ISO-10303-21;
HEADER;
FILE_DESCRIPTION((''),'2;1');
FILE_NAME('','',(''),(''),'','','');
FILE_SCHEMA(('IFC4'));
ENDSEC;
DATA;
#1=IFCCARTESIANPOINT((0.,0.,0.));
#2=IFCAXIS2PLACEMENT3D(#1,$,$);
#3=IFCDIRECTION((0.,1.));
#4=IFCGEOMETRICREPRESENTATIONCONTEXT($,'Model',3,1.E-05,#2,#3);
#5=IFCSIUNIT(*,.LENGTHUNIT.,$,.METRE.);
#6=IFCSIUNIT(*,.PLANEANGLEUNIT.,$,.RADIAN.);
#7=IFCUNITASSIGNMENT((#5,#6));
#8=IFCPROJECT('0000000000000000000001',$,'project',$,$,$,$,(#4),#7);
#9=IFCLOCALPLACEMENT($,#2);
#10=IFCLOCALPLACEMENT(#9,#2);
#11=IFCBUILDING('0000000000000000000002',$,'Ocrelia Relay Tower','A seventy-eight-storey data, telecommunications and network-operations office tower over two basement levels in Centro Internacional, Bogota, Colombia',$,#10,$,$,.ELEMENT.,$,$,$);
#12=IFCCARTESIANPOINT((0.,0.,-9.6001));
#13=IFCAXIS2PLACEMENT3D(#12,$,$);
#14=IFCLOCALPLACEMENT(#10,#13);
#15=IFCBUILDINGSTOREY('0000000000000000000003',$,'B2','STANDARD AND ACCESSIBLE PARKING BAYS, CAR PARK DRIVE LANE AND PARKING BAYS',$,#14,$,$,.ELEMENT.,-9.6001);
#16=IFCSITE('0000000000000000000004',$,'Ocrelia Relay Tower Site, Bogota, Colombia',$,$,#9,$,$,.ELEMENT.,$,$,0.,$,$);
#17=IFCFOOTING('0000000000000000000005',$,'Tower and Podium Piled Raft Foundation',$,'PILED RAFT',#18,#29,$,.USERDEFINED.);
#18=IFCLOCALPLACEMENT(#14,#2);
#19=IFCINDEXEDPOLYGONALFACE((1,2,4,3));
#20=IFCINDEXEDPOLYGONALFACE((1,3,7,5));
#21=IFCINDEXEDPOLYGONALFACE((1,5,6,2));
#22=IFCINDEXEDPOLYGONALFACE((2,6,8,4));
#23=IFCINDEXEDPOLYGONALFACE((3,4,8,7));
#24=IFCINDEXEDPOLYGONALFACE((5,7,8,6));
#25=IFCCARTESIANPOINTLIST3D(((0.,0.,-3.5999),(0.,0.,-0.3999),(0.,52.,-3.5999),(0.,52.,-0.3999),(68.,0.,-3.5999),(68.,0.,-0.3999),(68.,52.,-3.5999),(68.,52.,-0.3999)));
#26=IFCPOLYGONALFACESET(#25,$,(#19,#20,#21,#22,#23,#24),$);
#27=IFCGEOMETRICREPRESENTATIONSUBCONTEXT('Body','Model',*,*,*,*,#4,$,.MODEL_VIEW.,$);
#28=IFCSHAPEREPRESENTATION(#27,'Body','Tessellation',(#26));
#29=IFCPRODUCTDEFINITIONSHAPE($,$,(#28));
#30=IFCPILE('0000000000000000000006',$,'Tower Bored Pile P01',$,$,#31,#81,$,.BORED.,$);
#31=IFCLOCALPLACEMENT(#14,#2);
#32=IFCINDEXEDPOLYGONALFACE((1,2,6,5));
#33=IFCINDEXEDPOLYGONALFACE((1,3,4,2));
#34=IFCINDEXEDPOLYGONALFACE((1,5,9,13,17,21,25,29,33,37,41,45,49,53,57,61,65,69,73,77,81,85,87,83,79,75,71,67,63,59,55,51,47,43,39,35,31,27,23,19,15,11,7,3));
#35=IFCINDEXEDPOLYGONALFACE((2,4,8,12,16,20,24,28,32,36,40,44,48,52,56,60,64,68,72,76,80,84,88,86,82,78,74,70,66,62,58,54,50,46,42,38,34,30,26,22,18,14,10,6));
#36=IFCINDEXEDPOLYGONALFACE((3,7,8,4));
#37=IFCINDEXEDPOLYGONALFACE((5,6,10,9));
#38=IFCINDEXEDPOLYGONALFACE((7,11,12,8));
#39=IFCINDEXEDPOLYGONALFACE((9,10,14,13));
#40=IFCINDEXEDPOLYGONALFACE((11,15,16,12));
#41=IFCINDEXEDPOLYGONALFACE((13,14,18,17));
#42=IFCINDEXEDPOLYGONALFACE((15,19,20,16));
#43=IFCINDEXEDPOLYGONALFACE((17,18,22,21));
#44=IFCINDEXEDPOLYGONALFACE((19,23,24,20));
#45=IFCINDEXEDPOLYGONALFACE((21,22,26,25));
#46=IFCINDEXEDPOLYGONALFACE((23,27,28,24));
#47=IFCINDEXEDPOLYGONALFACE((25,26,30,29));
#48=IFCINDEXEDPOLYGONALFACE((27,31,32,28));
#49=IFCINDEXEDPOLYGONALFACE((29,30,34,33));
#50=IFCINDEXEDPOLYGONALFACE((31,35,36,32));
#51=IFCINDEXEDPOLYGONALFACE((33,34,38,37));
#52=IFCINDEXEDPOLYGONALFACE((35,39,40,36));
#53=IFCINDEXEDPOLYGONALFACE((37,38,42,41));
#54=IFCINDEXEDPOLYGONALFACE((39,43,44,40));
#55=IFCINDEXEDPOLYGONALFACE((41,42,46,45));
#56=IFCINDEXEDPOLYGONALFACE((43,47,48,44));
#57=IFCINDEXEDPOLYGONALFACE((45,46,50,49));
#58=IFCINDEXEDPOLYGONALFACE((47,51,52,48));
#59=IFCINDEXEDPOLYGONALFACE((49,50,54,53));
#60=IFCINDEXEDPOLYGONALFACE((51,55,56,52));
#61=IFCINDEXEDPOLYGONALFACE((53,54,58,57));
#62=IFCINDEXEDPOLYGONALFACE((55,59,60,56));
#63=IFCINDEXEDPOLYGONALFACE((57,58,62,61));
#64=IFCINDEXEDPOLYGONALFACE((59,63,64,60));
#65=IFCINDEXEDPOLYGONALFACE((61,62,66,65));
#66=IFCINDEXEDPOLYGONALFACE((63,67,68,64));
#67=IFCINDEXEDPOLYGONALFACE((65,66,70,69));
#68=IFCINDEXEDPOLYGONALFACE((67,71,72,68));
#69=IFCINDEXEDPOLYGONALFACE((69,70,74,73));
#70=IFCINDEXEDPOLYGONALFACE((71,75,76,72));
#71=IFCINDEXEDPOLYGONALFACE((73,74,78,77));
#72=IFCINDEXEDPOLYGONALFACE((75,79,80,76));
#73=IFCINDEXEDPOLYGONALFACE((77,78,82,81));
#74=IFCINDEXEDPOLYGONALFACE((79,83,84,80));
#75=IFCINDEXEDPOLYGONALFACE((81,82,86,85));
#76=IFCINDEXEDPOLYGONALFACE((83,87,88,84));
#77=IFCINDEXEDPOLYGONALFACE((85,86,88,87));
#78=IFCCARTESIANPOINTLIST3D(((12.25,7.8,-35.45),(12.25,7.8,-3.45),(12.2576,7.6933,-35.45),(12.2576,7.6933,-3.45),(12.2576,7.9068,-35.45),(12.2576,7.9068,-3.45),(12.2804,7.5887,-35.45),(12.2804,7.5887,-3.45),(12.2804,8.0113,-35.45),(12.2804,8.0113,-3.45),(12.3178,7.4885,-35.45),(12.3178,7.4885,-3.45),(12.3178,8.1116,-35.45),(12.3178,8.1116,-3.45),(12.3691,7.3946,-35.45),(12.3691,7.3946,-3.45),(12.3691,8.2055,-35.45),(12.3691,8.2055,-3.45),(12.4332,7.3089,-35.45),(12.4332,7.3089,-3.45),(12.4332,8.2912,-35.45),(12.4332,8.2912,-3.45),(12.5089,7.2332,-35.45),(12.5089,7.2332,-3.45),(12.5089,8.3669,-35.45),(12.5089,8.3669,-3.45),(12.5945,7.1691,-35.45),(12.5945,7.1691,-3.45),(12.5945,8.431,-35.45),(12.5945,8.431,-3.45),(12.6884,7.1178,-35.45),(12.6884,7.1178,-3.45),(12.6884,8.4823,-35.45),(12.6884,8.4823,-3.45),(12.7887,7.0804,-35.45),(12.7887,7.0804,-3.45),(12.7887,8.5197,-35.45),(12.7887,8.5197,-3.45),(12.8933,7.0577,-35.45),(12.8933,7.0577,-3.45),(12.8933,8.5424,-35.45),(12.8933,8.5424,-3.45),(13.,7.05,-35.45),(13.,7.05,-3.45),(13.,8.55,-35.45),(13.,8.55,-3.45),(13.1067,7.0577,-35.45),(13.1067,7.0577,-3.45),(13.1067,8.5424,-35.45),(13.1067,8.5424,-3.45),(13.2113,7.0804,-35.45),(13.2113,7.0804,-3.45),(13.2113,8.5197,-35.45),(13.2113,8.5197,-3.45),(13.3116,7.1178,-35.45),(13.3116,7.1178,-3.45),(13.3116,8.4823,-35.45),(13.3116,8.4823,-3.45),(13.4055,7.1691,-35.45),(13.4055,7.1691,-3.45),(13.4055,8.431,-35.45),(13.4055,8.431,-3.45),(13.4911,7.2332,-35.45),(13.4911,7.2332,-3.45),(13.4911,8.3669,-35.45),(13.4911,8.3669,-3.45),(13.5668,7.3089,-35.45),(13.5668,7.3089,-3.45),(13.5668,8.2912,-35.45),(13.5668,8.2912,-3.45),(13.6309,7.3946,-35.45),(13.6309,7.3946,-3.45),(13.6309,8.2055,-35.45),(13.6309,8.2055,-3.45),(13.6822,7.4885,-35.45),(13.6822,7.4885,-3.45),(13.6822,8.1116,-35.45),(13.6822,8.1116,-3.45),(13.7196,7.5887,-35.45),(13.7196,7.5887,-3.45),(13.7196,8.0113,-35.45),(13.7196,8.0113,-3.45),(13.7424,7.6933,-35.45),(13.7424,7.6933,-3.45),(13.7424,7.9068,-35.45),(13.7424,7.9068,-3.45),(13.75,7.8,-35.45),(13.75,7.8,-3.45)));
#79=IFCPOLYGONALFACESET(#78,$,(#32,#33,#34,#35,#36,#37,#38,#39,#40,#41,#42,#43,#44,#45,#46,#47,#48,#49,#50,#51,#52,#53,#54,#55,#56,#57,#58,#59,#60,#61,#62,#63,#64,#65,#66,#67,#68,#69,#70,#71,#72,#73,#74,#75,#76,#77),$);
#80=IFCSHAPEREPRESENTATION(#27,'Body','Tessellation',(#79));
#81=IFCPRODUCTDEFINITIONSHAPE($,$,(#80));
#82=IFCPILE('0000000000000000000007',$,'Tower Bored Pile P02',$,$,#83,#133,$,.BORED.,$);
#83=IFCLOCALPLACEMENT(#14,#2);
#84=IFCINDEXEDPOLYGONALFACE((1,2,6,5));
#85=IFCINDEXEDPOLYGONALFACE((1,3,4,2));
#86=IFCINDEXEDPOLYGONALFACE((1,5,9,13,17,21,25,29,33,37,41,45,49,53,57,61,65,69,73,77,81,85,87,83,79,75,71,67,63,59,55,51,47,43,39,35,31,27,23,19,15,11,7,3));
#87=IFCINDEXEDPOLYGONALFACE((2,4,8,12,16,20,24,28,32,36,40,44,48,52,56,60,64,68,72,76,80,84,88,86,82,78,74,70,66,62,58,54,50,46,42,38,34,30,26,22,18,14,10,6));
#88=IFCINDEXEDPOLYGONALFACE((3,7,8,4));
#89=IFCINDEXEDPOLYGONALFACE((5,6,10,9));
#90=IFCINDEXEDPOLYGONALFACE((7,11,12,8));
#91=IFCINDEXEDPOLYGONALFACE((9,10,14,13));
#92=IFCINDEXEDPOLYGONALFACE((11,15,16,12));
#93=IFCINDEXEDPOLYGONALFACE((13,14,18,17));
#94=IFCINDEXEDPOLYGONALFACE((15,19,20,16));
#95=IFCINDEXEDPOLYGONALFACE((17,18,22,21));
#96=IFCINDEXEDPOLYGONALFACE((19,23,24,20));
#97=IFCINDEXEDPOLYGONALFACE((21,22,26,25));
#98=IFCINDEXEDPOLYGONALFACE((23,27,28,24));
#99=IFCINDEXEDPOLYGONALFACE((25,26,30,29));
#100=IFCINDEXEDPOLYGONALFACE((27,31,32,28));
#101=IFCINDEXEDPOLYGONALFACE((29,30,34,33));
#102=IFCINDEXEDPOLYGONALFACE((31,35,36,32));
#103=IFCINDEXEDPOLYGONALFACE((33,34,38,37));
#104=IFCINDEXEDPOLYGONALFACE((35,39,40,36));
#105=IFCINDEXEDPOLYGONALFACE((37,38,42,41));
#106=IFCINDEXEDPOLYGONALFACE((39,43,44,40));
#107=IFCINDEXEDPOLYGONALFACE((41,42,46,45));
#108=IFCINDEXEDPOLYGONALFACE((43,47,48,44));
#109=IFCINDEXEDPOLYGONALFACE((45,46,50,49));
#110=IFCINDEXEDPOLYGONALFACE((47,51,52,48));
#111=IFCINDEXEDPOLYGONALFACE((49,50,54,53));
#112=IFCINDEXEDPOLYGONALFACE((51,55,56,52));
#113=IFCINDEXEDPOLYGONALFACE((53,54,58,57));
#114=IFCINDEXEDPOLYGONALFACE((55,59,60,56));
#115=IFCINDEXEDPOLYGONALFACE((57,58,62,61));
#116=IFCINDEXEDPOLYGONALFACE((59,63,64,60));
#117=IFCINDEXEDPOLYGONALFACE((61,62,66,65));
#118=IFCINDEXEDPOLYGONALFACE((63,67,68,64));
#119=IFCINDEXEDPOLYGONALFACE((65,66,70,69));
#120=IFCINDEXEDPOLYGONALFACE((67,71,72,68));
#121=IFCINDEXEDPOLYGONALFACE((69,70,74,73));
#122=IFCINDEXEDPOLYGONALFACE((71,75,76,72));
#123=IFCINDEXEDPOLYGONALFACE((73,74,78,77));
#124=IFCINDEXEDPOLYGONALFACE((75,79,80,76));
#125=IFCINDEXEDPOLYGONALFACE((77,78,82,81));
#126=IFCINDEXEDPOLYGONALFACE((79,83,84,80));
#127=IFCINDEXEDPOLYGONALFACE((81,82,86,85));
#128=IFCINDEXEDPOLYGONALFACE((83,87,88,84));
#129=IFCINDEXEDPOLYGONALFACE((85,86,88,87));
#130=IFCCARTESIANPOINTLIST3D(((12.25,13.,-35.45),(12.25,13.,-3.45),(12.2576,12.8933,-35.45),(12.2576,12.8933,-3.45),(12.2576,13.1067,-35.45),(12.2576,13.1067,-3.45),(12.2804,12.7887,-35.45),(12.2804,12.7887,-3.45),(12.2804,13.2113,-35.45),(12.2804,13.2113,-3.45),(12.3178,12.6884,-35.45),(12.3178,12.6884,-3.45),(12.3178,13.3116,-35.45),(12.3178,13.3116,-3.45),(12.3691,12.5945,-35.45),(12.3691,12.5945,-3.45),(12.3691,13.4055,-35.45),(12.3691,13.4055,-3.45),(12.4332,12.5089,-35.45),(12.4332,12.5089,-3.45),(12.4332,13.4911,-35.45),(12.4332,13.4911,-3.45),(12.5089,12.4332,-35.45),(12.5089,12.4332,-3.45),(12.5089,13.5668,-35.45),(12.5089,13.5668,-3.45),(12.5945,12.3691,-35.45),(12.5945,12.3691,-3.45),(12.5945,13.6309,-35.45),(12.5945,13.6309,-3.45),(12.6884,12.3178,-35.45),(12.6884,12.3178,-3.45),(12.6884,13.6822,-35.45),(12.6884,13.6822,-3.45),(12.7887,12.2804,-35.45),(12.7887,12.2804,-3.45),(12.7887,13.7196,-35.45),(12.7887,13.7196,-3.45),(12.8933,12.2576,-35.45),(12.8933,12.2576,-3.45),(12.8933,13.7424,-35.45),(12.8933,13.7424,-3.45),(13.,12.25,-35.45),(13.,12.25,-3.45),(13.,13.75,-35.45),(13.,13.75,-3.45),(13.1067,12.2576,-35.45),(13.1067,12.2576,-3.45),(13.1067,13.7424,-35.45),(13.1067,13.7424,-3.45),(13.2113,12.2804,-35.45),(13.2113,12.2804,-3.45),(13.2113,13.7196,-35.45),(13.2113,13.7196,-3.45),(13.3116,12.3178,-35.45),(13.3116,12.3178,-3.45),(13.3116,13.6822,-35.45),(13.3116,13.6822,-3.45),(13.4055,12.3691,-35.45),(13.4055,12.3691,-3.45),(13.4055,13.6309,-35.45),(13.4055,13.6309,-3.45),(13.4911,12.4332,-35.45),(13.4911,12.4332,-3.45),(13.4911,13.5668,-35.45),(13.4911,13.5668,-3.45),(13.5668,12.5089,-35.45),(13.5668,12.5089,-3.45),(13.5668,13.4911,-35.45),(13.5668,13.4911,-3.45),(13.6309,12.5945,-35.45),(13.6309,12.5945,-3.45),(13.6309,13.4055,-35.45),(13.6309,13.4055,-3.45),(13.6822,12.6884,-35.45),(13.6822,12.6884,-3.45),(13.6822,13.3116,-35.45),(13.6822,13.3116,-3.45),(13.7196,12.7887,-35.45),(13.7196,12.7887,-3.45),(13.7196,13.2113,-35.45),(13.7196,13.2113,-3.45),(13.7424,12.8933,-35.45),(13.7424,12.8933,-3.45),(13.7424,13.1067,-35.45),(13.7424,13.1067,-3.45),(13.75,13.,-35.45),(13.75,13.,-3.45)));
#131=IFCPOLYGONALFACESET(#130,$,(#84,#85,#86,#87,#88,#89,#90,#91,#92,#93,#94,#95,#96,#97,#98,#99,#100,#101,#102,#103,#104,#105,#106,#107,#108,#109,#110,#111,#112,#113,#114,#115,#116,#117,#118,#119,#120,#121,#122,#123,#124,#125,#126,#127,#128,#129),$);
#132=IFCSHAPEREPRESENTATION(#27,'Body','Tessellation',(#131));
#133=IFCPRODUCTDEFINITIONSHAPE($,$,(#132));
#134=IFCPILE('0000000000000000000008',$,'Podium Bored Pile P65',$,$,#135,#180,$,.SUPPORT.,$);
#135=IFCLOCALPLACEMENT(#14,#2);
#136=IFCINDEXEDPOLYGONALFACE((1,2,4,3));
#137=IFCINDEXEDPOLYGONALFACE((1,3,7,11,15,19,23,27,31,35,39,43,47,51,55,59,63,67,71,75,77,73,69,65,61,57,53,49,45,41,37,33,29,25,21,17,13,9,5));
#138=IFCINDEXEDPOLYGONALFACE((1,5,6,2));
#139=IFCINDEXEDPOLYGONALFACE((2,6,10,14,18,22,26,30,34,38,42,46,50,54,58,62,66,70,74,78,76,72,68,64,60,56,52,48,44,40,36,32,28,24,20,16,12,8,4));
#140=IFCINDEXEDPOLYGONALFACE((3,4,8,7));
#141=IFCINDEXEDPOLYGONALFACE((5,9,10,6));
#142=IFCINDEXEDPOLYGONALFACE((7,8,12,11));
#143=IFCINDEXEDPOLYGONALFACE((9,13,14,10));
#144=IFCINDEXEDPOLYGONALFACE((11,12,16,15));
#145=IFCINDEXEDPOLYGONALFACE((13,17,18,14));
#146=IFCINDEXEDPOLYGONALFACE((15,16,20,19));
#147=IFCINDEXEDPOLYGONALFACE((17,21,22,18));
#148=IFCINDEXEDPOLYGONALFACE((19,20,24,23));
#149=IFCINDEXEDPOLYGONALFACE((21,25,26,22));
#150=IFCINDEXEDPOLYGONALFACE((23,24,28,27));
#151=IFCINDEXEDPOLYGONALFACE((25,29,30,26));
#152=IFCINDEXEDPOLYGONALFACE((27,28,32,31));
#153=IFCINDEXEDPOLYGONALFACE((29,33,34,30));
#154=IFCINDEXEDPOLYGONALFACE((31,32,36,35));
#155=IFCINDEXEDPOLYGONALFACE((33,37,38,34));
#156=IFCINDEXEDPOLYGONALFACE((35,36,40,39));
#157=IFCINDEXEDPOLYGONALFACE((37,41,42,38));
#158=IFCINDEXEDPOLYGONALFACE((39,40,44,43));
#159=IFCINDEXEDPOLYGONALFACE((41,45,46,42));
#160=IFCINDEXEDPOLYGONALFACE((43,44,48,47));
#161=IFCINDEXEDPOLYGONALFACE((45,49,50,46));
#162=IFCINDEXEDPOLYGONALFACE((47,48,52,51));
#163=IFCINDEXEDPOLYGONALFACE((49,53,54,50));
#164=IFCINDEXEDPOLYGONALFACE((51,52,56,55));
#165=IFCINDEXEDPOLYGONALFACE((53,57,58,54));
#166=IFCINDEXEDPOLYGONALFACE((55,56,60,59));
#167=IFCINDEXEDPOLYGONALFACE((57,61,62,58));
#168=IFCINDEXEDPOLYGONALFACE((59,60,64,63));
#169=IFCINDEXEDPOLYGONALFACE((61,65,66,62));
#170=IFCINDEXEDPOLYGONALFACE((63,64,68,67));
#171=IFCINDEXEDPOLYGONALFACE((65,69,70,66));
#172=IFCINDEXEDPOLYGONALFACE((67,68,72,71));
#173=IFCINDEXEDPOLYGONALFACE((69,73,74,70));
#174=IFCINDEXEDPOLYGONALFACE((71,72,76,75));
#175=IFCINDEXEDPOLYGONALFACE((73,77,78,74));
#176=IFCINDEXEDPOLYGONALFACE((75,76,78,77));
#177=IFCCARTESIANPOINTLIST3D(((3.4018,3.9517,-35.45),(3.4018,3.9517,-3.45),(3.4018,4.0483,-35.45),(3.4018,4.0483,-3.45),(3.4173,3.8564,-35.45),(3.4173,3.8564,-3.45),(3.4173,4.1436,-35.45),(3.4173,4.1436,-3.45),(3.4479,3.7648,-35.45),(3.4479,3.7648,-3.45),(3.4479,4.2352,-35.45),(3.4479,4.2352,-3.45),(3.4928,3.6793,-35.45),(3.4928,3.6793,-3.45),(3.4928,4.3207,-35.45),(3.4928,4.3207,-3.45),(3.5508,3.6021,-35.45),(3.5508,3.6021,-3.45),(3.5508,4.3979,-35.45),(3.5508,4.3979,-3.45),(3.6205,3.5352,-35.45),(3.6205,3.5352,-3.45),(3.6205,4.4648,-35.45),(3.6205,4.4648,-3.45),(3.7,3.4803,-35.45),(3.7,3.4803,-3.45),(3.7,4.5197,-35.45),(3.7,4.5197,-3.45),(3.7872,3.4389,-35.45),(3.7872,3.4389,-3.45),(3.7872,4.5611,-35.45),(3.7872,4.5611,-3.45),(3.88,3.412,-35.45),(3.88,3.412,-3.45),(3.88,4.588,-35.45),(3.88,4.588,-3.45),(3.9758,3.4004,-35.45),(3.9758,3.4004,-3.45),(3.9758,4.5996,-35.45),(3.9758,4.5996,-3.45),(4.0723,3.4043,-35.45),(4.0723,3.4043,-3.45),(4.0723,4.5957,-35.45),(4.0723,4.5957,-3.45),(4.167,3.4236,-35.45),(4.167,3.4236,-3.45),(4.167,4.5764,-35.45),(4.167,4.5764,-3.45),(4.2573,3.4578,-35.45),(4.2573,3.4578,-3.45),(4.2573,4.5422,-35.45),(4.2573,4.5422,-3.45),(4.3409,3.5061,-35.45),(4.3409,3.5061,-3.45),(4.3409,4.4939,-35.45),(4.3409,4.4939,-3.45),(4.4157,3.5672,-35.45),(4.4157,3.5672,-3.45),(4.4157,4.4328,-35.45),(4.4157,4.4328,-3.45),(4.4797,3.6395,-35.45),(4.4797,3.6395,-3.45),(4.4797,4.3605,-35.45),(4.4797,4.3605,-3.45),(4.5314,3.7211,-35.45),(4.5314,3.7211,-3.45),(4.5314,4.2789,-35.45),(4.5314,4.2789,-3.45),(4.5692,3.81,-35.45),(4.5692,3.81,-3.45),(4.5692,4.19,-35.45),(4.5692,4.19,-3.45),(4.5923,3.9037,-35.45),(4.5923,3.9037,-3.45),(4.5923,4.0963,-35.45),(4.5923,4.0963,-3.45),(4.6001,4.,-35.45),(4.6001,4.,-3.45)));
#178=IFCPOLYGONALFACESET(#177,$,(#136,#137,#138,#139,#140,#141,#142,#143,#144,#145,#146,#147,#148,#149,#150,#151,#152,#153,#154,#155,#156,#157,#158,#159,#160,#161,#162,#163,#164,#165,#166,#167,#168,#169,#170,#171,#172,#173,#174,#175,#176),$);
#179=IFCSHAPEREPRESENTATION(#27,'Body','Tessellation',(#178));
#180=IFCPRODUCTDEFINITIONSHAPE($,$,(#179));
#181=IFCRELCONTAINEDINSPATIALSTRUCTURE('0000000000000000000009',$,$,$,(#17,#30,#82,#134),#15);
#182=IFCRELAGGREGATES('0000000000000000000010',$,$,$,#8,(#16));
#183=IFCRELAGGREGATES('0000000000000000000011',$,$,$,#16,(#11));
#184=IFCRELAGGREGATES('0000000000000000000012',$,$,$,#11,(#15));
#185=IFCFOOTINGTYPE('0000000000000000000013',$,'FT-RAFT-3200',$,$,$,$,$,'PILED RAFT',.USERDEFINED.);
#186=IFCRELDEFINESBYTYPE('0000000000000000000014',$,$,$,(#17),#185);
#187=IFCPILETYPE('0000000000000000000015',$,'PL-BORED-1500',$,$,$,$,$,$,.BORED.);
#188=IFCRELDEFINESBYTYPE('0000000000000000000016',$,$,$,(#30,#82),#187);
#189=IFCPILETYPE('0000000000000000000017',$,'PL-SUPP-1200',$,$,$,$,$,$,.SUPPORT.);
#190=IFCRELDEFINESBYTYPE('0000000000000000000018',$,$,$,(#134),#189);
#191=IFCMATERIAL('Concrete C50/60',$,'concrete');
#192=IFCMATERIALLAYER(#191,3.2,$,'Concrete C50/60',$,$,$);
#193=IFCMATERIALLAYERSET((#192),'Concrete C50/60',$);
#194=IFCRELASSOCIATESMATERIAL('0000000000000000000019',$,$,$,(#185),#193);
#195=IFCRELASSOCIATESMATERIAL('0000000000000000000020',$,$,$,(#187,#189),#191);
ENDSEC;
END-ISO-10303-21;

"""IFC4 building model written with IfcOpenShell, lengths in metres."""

from ifc_helpers import new_model, si_unit, direction, frame, origin, origin_2d, place, context, subcontext, project, spatial, polyline, circle, outline, extrude, material, layer, layer_set, material_profile, profile_set, type_object, element, save


model = new_model("IFC4")

# Units and contexts
model_context = context("Model", 3, precision=1e-05, world=origin(), true_north=direction((0.0, 1.0)))
body_context = subcontext(model_context, "Body", "Model", "MODEL_VIEW")
ifc_project = project(units=[si_unit("LENGTHUNIT", "METRE"), si_unit("PLANEANGLEUNIT", "RADIAN")], contexts=[model_context])

# Site, building, storey
site_placement = place(None, origin())
site = spatial("IfcSite", under=ifc_project, at=site_placement, Name="Ocrelia Relay Tower Site, Bogota, Colombia", CompositionType="ELEMENT", RefElevation=0.0)
building_placement = place(site_placement, origin())
building = spatial("IfcBuilding", under=site, at=building_placement, Name="Ocrelia Relay Tower", Description="A seventy-eight-storey data, telecommunications and network-operations office tower over two basement levels in Centro Internacional, Bogota, Colombia", CompositionType="ELEMENT")
storey_placement = place(building_placement, frame((0.0, 0.0, -9.6001)))
storey = spatial("IfcBuildingStorey", under=building, at=storey_placement, Name="B2", Description="STANDARD AND ACCESSIBLE PARKING BAYS, CAR PARK DRIVE LANE AND PARKING BAYS", CompositionType="ELEMENT", Elevation=-9.6001)

# Footing
ifc_material_1 = material(Name="Concrete C50/60", Category="concrete")
ifc_layer_1 = layer(ifc_material_1, 3.2, Name="Concrete C50/60")
ifc_layer_set_1 = layer_set([ifc_layer_1], Name="Concrete C50/60")
footing_type = type_object("IfcFootingType", Name="FT-RAFT-3200", ElementType="PILED RAFT", PredefinedType="USERDEFINED", material=ifc_layer_set_1)
footing_placement = place(storey_placement, frame((0.0, 0.0, -3.5999)))
element("IfcFooting", 1, at=footing_placement, inside=storey, type_object=footing_type, Name="Tower and Podium Piled Raft Foundation", ObjectType="PILED RAFT", PredefinedType="USERDEFINED", context=body_context, shape_type="SweptSolid", body=[
    extrude(outline(polyline([(0.0, 0.0), (68.0, 0.0), (68.0, 52.0), (0.0, 52.0), (0.0, 0.0)])), origin(), (0.0, 0.0, 1.0), 3.2),
])

# Piles
ifc_material_profile_1 = material_profile(ifc_material_1, circle(Radius=0.75, at=origin_2d()), Name="PILE-1500")
ifc_profile_set_1 = profile_set([ifc_material_profile_1], Name="Concrete C50/60")
pile_type_1 = type_object("IfcPileType", Name="PL-BORED-1500", PredefinedType="BORED", material=ifc_profile_set_1)
for number, where, z_axis, x_axis, name in (
    (2, (13.0, 7.8, -3.45), (0.0, 0.0, -1.0), (1.0, 0.0, 0.0), "Tower Bored Pile P01"),
    (3, (13.0, 13.0, -3.45), (0.0, 0.0, -1.0), (1.0, 0.0, 0.0), "Tower Bored Pile P02"),
):
    element("IfcPile", number, at=place(storey_placement, frame(where, z_axis=z_axis, x_axis=x_axis)), inside=storey, type_object=pile_type_1, Name=name, PredefinedType="BORED", context=body_context, shape_type="SweptSolid", body=[
        extrude(circle(Radius=0.75, at=origin_2d()), origin(), (0.0, 0.0, 1.0), 32.0),
    ])
ifc_material_profile_2 = material_profile(ifc_material_1, circle(Radius=0.6001, at=origin_2d()), Name="PILE-1200")
ifc_profile_set_2 = profile_set([ifc_material_profile_2], Name="Concrete C50/60")
pile_type_2 = type_object("IfcPileType", Name="PL-SUPP-1200", PredefinedType="SUPPORT", material=ifc_profile_set_2)
for number, where, z_axis, x_axis, name in (
    (4, (4.0, 4.0, -3.45), (0.0, 0.0, -1.0), (1.0, 0.0, 0.0), "Podium Bored Pile P65"),
):
    element("IfcPile", number, at=place(storey_placement, frame(where, z_axis=z_axis, x_axis=x_axis)), inside=storey, type_object=pile_type_2, Name=name, PredefinedType="SUPPORT", context=body_context, shape_type="SweptSolid", body=[
        extrude(circle(Radius=0.6001, at=origin_2d()), origin(), (0.0, 0.0, 1.0), 32.0),
    ])

save(model, "model.ifc")
